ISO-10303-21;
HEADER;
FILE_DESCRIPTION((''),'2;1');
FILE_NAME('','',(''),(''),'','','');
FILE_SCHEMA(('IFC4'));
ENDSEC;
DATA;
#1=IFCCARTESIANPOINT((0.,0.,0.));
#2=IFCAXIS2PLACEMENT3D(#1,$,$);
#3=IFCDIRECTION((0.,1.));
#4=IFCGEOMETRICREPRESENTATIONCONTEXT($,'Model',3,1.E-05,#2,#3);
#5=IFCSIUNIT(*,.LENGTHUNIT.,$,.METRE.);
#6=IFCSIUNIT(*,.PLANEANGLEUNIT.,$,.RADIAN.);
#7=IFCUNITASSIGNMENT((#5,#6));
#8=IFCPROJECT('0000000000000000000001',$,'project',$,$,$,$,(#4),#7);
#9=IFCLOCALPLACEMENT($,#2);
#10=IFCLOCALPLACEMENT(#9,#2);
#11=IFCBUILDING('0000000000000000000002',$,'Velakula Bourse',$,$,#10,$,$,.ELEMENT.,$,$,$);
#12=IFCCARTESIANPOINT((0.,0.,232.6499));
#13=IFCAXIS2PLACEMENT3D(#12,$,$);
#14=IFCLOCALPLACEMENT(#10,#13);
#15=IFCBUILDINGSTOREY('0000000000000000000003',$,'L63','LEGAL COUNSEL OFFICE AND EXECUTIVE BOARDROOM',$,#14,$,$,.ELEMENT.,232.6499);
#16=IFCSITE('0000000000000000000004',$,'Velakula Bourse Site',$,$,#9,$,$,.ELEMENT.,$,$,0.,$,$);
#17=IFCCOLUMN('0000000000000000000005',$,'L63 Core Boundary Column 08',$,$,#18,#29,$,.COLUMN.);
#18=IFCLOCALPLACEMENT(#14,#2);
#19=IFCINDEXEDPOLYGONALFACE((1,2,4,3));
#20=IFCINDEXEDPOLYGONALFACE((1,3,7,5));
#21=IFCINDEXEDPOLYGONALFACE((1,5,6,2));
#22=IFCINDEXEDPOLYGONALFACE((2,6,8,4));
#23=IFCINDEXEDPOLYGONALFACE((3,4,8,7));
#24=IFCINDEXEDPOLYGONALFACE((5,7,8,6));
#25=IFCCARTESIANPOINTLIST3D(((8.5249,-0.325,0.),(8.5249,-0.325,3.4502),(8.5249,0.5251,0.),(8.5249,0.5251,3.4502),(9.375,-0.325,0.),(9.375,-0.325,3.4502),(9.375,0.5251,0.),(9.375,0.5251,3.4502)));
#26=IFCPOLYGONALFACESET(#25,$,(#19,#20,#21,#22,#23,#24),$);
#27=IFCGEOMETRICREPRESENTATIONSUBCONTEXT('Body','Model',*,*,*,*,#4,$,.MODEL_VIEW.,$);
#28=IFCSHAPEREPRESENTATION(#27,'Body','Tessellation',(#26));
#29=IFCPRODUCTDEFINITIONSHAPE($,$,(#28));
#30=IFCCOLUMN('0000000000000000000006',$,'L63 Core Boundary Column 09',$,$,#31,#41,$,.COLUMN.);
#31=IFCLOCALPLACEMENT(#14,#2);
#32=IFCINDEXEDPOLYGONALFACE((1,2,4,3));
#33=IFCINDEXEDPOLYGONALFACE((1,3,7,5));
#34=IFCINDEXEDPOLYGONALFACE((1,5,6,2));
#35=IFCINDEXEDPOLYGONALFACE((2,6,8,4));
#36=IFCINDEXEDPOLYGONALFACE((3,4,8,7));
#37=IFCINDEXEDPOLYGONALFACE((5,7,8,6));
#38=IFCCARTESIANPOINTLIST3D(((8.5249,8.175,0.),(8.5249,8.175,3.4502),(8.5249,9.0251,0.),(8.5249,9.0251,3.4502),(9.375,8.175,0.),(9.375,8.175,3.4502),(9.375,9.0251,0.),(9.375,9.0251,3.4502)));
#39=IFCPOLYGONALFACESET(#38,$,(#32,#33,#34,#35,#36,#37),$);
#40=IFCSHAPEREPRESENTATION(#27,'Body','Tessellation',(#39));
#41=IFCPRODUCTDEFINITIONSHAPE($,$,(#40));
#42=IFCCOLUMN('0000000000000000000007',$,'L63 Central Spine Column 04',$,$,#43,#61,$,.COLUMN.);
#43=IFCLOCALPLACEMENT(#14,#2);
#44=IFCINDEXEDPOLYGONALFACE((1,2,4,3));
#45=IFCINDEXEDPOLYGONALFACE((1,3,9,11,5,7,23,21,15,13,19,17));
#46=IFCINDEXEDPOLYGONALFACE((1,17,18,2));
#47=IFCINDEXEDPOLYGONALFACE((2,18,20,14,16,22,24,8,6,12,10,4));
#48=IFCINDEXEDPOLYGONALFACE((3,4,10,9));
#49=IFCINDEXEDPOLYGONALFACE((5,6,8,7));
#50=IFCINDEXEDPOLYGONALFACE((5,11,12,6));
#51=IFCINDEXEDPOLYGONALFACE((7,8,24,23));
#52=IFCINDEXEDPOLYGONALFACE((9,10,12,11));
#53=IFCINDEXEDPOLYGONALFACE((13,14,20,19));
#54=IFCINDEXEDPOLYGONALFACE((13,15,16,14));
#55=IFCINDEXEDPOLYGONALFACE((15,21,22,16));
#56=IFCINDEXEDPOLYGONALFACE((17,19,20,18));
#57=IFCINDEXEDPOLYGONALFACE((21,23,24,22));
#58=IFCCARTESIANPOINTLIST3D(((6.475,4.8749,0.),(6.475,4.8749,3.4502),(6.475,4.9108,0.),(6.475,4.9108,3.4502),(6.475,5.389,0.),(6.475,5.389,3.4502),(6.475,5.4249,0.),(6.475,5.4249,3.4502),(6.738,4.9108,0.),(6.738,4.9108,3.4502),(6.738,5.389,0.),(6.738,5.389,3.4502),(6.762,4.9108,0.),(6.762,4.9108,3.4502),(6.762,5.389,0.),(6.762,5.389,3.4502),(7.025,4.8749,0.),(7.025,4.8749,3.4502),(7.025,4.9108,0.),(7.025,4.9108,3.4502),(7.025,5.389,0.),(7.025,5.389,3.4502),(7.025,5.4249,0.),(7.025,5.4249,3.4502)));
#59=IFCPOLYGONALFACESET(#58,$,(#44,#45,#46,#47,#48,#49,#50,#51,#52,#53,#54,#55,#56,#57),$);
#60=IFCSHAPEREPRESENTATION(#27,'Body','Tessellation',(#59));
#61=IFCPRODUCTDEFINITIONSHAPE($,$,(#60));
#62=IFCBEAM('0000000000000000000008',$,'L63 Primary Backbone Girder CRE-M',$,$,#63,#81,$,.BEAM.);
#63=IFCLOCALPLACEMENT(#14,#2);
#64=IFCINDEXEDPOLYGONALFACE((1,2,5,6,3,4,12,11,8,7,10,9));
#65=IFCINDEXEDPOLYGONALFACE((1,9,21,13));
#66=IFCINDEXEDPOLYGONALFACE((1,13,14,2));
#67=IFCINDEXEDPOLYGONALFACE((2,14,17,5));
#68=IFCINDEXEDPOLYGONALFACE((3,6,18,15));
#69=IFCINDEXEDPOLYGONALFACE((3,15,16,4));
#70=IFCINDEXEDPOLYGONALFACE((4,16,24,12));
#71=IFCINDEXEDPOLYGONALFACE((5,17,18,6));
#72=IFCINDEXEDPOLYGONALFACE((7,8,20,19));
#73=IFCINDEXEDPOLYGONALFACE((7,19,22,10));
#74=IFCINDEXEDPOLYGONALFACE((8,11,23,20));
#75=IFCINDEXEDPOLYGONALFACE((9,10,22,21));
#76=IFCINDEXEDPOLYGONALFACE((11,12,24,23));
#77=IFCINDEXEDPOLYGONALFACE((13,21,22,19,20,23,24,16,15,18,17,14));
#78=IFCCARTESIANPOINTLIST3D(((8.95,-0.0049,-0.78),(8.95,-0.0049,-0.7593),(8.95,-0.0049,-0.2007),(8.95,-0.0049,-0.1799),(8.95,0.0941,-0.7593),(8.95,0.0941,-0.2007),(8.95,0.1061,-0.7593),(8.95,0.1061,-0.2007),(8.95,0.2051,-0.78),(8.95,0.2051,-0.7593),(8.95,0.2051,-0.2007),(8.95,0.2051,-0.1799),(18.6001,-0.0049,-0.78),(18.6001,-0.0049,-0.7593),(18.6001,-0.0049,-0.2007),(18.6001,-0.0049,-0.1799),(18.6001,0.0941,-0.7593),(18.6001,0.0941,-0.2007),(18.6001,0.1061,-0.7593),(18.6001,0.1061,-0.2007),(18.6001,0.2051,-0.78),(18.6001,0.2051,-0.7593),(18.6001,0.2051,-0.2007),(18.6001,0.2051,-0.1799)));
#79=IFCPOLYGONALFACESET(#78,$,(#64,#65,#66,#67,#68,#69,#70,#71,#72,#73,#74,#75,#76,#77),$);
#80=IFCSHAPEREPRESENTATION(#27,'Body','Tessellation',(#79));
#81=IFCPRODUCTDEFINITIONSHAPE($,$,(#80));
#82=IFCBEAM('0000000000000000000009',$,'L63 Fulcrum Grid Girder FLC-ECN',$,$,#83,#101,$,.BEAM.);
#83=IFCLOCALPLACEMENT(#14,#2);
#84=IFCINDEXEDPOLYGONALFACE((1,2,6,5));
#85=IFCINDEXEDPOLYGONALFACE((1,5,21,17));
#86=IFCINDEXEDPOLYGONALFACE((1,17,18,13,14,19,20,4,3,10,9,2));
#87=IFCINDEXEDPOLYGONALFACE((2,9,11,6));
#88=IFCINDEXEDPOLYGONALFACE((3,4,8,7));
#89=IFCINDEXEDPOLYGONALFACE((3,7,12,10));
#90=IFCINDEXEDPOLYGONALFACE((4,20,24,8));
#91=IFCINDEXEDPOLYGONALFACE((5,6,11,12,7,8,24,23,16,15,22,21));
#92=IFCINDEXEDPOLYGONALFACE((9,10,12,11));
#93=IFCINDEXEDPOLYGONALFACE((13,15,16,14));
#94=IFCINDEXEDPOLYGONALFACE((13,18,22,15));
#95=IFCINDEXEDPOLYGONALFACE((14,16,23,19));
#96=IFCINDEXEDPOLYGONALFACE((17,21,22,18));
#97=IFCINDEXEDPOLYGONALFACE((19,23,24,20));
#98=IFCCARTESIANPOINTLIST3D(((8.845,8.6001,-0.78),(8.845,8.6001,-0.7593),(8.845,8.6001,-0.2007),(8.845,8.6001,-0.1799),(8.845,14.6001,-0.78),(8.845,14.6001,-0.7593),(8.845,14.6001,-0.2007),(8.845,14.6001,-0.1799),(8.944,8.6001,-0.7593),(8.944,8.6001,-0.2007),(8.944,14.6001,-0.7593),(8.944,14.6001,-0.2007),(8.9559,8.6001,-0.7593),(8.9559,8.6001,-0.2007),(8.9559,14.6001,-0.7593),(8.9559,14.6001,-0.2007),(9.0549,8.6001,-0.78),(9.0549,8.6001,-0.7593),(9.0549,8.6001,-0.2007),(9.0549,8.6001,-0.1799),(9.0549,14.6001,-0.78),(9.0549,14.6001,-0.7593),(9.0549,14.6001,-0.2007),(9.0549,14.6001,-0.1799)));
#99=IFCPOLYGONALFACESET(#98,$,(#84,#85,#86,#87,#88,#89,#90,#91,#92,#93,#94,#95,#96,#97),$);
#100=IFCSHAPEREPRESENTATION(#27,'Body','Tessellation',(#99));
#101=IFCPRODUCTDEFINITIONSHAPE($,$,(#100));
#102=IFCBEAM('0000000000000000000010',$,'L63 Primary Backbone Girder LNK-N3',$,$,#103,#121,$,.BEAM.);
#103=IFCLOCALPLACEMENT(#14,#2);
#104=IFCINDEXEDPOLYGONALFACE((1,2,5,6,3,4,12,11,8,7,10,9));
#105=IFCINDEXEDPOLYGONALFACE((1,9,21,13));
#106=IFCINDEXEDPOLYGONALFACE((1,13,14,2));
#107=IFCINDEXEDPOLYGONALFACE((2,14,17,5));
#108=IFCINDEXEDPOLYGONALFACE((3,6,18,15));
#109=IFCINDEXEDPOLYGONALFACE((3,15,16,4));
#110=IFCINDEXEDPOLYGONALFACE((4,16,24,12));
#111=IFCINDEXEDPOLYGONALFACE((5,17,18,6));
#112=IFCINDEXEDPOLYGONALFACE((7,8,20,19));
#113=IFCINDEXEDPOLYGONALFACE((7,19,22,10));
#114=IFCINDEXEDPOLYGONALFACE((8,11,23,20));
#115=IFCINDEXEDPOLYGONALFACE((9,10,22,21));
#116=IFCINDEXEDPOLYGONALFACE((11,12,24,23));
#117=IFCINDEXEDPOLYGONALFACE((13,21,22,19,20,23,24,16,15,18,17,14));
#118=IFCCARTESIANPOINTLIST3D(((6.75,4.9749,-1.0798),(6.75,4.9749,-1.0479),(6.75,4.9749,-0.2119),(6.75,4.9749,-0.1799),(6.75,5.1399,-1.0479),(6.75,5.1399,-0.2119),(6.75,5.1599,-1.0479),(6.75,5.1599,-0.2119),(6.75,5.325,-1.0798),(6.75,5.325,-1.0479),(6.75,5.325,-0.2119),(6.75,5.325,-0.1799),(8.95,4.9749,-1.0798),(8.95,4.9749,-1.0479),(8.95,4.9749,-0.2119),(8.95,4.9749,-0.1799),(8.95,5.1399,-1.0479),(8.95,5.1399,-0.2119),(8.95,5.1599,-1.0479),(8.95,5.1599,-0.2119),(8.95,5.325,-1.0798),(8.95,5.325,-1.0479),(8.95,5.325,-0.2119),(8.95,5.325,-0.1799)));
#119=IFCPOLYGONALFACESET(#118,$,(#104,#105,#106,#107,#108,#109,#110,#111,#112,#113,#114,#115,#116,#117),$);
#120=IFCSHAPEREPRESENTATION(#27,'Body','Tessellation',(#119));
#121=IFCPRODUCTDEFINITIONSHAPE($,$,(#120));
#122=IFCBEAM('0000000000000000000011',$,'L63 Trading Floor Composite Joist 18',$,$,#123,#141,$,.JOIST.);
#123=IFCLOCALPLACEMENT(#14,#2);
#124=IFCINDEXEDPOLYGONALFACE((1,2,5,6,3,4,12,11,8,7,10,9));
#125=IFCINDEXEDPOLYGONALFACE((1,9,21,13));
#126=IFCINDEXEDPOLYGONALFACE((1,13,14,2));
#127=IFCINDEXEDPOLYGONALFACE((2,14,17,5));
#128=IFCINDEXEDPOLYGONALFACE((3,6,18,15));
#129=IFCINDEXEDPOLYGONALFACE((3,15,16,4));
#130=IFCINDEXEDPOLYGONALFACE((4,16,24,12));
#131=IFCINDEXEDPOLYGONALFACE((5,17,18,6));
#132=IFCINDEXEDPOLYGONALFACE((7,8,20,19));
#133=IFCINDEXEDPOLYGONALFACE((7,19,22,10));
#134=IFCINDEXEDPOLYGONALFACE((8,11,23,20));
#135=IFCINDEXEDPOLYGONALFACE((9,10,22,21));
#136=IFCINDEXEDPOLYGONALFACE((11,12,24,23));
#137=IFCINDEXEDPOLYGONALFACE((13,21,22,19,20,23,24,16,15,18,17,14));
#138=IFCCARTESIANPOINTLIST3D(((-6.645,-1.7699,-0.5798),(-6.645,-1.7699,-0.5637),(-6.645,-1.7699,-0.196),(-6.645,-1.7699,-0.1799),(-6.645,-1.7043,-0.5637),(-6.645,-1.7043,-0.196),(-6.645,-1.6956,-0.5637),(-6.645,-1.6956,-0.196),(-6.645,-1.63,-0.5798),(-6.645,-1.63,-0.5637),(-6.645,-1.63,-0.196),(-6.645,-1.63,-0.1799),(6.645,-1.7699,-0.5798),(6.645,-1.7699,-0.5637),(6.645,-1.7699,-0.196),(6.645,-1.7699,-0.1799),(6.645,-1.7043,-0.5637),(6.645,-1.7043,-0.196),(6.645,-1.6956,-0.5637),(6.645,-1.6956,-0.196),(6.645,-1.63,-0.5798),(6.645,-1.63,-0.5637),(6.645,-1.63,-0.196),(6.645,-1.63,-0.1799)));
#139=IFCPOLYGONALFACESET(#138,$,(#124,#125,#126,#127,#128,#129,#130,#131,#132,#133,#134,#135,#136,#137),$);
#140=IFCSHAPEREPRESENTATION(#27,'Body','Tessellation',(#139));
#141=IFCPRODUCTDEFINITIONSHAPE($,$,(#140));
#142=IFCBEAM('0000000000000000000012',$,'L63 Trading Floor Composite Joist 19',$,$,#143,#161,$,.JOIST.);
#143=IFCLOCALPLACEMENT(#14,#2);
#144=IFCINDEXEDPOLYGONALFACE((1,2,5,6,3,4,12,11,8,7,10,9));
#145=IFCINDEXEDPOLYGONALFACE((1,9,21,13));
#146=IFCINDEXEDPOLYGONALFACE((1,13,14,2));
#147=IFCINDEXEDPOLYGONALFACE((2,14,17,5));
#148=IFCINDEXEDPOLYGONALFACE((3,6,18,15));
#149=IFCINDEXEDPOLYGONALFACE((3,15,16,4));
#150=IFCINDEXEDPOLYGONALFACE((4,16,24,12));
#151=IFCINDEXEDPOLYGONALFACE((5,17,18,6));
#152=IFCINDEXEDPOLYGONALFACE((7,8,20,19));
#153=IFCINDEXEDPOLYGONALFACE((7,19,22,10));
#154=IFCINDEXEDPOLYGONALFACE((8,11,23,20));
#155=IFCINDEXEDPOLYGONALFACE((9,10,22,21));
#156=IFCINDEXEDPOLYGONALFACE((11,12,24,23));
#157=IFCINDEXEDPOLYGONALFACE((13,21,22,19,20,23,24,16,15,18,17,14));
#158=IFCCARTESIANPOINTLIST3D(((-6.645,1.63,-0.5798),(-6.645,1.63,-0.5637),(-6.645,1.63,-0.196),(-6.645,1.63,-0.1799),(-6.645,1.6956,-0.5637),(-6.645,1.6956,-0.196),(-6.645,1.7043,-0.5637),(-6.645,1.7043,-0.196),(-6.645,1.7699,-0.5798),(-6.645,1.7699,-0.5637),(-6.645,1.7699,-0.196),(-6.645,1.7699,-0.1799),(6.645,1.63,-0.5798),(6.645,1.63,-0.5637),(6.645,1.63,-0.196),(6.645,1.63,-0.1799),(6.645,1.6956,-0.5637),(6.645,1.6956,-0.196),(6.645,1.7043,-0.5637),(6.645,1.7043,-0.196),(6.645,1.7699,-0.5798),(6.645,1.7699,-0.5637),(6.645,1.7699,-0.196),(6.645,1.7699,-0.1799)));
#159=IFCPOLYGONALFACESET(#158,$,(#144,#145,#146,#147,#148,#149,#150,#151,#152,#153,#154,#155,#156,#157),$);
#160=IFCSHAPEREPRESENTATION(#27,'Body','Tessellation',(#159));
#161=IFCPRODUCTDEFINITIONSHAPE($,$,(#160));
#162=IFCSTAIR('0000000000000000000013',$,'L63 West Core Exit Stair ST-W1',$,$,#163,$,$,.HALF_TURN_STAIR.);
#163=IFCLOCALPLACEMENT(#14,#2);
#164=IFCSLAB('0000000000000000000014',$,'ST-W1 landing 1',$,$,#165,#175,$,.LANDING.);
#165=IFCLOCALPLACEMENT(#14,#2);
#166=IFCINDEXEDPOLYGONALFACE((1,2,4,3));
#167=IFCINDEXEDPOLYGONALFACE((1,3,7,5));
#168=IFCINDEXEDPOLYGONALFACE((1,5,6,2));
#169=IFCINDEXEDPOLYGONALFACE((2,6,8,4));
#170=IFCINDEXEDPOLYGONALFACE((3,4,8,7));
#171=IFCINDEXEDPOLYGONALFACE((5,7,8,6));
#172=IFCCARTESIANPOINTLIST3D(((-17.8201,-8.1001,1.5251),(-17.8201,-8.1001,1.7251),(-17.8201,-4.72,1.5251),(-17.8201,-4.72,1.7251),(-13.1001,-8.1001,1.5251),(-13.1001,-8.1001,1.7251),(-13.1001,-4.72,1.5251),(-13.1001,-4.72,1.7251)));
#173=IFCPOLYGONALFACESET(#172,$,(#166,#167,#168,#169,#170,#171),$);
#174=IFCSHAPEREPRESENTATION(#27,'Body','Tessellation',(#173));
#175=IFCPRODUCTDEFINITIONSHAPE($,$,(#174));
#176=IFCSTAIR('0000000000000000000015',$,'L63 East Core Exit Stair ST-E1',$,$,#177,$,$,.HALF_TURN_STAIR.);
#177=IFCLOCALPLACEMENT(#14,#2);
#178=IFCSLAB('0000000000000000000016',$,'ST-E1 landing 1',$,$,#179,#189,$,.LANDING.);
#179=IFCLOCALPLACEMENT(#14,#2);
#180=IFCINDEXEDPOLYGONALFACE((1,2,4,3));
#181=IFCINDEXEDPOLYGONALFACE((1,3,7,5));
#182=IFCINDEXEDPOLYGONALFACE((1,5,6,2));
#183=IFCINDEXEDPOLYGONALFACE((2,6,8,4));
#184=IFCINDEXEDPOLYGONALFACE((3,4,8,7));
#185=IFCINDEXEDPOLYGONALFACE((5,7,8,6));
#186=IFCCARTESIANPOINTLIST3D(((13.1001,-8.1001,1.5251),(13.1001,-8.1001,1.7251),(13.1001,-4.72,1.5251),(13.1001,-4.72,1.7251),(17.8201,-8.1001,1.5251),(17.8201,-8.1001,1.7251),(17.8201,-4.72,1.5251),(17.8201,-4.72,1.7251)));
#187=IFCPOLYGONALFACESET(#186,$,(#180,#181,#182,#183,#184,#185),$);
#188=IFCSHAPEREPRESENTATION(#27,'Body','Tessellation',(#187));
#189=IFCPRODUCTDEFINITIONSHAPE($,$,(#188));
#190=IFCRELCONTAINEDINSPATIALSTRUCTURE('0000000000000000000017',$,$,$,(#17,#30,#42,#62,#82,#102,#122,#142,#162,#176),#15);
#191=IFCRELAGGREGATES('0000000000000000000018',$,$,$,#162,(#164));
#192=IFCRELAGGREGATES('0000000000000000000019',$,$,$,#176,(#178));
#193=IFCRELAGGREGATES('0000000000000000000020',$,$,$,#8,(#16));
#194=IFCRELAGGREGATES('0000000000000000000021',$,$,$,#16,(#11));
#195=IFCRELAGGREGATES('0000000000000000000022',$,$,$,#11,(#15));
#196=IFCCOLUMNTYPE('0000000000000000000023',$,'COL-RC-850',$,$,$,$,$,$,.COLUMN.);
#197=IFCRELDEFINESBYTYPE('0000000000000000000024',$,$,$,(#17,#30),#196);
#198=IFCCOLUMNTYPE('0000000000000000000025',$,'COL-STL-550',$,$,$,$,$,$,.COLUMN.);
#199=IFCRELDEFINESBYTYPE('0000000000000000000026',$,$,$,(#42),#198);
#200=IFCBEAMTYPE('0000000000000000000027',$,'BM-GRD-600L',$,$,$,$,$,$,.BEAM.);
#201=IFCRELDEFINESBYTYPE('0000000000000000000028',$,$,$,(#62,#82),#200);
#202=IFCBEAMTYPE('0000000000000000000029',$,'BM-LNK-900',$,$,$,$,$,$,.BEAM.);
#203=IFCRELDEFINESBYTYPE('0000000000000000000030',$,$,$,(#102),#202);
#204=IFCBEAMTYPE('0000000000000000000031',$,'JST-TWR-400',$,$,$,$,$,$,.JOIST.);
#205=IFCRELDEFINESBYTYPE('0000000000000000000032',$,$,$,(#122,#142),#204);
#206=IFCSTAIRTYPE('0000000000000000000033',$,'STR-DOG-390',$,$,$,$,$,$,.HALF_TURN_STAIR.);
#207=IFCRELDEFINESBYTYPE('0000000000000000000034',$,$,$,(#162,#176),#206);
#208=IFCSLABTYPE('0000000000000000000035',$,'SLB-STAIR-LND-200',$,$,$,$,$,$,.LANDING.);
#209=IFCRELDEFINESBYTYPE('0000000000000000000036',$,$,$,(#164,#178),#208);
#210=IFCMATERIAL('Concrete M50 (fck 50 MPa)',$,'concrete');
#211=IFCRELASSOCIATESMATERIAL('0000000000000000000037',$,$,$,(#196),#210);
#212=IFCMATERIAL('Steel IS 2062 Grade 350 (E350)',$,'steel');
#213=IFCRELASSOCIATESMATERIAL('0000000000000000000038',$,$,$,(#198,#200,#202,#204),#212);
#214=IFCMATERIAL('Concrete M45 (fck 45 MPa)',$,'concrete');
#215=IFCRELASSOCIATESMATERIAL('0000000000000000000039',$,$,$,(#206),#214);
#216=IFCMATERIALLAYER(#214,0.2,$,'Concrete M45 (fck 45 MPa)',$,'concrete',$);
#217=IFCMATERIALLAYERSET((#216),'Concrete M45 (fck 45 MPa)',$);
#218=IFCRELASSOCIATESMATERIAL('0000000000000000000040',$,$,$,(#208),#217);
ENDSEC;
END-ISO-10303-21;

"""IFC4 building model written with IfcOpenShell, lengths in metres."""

from ifc_helpers import new_model, si_unit, direction, frame, origin, origin_2d, place, context, subcontext, project, spatial, polyline, rectangle, i_section, outline, extrude, material, layer, layer_set, material_profile, profile_set, type_object, element, aggregate, save


model = new_model("IFC4")

# Units and contexts
model_context = context("Model", 3, precision=1e-05, world=origin(), true_north=direction((0.0, 1.0)))
body_context = subcontext(model_context, "Body", "Model", "MODEL_VIEW")
ifc_project = project(units=[si_unit("LENGTHUNIT", "METRE"), si_unit("PLANEANGLEUNIT", "RADIAN")], contexts=[model_context])

# Site, building, storey
site_placement = place(None, origin())
site = spatial("IfcSite", under=ifc_project, at=site_placement, Name="Velakula Bourse Site", CompositionType="ELEMENT", RefElevation=0.0)
building_placement = place(site_placement, origin())
building = spatial("IfcBuilding", under=site, at=building_placement, Name="Velakula Bourse", CompositionType="ELEMENT")
storey_placement = place(building_placement, frame((0.0, 0.0, 232.6499)))
storey = spatial("IfcBuildingStorey", under=building, at=storey_placement, Name="L63", Description="LEGAL COUNSEL OFFICE AND EXECUTIVE BOARDROOM", CompositionType="ELEMENT", Elevation=232.6499)

# Columns
ifc_material_1 = material(Name="Concrete M50 (fck 50 MPa)", Category="concrete")
ifc_material_profile_1 = material_profile(ifc_material_1, rectangle(XDim=0.8501, YDim=0.8501, at=origin_2d()), Name="Concrete M50 (fck 50 MPa)")
ifc_profile_set_1 = profile_set([ifc_material_profile_1], Name="Concrete M50 (fck 50 MPa)")
column_type_1 = type_object("IfcColumnType", Name="COL-RC-850", PredefinedType="COLUMN", material=ifc_profile_set_1)
for number, where, z_axis, x_axis, name in (
    (1, (8.95, 0.1001, 0.0), (0.0, 0.0, 1.0), (1.0, 0.0, 0.0), "L63 Core Boundary Column 08"),
    (2, (8.95, 8.6001, 0.0), (0.0, 0.0, 1.0), (1.0, 0.0, 0.0), "L63 Core Boundary Column 09"),
):
    element("IfcColumn", number, at=place(storey_placement, frame(where, z_axis=z_axis, x_axis=x_axis)), inside=storey, type_object=column_type_1, Name=name, PredefinedType="COLUMN", context=body_context, shape_type="SweptSolid", body=[
        extrude(rectangle(XDim=0.8501, YDim=0.8501, at=origin_2d()), origin(), (0.0, 0.0, 1.0), 3.4502),
    ])
ifc_material_2 = material(Name="Steel IS 2062 Grade 350 (E350)", Category="steel")
ifc_material_profile_2 = material_profile(ifc_material_2, i_section(OverallWidth=0.55, OverallDepth=0.55, WebThickness=0.0239, FlangeThickness=0.0359, at=origin_2d()), Name="Steel IS 2062 Grade 350 (E350)")
ifc_profile_set_2 = profile_set([ifc_material_profile_2], Name="Steel IS 2062 Grade 350 (E350)")
column_type_2 = type_object("IfcColumnType", Name="COL-STL-550", PredefinedType="COLUMN", material=ifc_profile_set_2)
column_placement = place(storey_placement, frame((6.75, 5.1499, 0.0), z_axis=(0.0, 0.0, 1.0), x_axis=(1.0, 0.0, 0.0)))
element("IfcColumn", 3, at=column_placement, inside=storey, type_object=column_type_2, Name="L63 Central Spine Column 04", PredefinedType="COLUMN", context=body_context, shape_type="SweptSolid", body=[
    extrude(i_section(OverallWidth=0.55, OverallDepth=0.55, WebThickness=0.0239, FlangeThickness=0.0359, at=origin_2d()), origin(), (0.0, 0.0, 1.0), 3.4502),
])

# Beams
ifc_material_profile_3 = material_profile(ifc_material_2, i_section(OverallWidth=0.21, OverallDepth=0.6001, WebThickness=0.012, FlangeThickness=0.0208, at=origin_2d()), Name="Steel IS 2062 Grade 350 (E350)")
ifc_profile_set_3 = profile_set([ifc_material_profile_3], Name="Steel IS 2062 Grade 350 (E350)")
beam_type_1 = type_object("IfcBeamType", Name="BM-GRD-600L", PredefinedType="BEAM", material=ifc_profile_set_3)
beam_1_placement = place(storey_placement, frame((8.95, 0.1001, -0.48), z_axis=(1.0, 0.0, 0.0), x_axis=(0.0, 1.0, 0.0)))
element("IfcBeam", 4, at=beam_1_placement, inside=storey, type_object=beam_type_1, Name="L63 Primary Backbone Girder CRE-M", PredefinedType="BEAM", context=body_context, shape_type="SweptSolid", body=[
    extrude(i_section(OverallWidth=0.21, OverallDepth=0.6001, WebThickness=0.012, FlangeThickness=0.0208, at=origin_2d()), origin(), (0.0, 0.0, 1.0), 9.6501),
])
beam_2_placement = place(storey_placement, frame((8.95, 8.6001, -0.48), z_axis=(0.0, 1.0, 0.0), x_axis=(-1.0, 0.0, 0.0)))
element("IfcBeam", 5, at=beam_2_placement, inside=storey, type_object=beam_type_1, Name="L63 Fulcrum Grid Girder FLC-ECN", PredefinedType="BEAM", context=body_context, shape_type="SweptSolid", body=[
    extrude(i_section(OverallWidth=0.21, OverallDepth=0.6001, WebThickness=0.012, FlangeThickness=0.0208, at=origin_2d()), origin(), (0.0, 0.0, 1.0), 6.0),
])
ifc_material_profile_4 = material_profile(ifc_material_2, i_section(OverallWidth=0.3501, OverallDepth=0.8999, WebThickness=0.02, FlangeThickness=0.032, at=origin_2d()), Name="Steel IS 2062 Grade 350 (E350)")
ifc_profile_set_4 = profile_set([ifc_material_profile_4], Name="Steel IS 2062 Grade 350 (E350)")
beam_type_2 = type_object("IfcBeamType", Name="BM-LNK-900", PredefinedType="BEAM", material=ifc_profile_set_4)
beam_3_placement = place(storey_placement, frame((6.75, 5.1499, -0.6299), z_axis=(1.0, 0.0, 0.0), x_axis=(0.0, 1.0, 0.0)))
element("IfcBeam", 6, at=beam_3_placement, inside=storey, type_object=beam_type_2, Name="L63 Primary Backbone Girder LNK-N3", PredefinedType="BEAM", context=body_context, shape_type="SweptSolid", body=[
    extrude(i_section(OverallWidth=0.3501, OverallDepth=0.8999, WebThickness=0.02, FlangeThickness=0.032, at=origin_2d()), origin(), (0.0, 0.0, 1.0), 2.2),
])
ifc_material_profile_5 = material_profile(ifc_material_2, i_section(OverallWidth=0.1399, OverallDepth=0.3999, WebThickness=0.0088, FlangeThickness=0.0161, at=origin_2d()), Name="Steel IS 2062 Grade 350 (E350)")
ifc_profile_set_5 = profile_set([ifc_material_profile_5], Name="Steel IS 2062 Grade 350 (E350)")
beam_type_3 = type_object("IfcBeamType", Name="JST-TWR-400", PredefinedType="JOIST", material=ifc_profile_set_5)
for number, where, z_axis, x_axis, name in (
    (7, (-6.645, -1.7, -0.3799), (1.0, 0.0, 0.0), (0.0, 1.0, 0.0), "L63 Trading Floor Composite Joist 18"),
    (8, (-6.645, 1.7, -0.3799), (1.0, 0.0, 0.0), (0.0, 1.0, 0.0), "L63 Trading Floor Composite Joist 19"),
):
    element("IfcBeam", number, at=place(storey_placement, frame(where, z_axis=z_axis, x_axis=x_axis)), inside=storey, type_object=beam_type_3, Name=name, PredefinedType="JOIST", context=body_context, shape_type="SweptSolid", body=[
        extrude(i_section(OverallWidth=0.1399, OverallDepth=0.3999, WebThickness=0.0088, FlangeThickness=0.0161, at=origin_2d()), origin(), (0.0, 0.0, 1.0), 13.29),
    ])

# Stairs, slabs
ifc_material_3 = material(Name="Concrete M45 (fck 45 MPa)", Category="concrete")
stair_type = type_object("IfcStairType", Name="STR-DOG-390", PredefinedType="HALF_TURN_STAIR", material=ifc_material_3)
stair_1_placement = place(storey_placement, origin())
stair_1 = element("IfcStair", 9, at=stair_1_placement, inside=storey, type_object=stair_type, Name="L63 West Core Exit Stair ST-W1", PredefinedType="HALF_TURN_STAIR")
ifc_layer_1 = layer(ifc_material_3, 0.2, Name="Concrete M45 (fck 45 MPa)", Category="concrete")
ifc_layer_set_1 = layer_set([ifc_layer_1], Name="Concrete M45 (fck 45 MPa)")
slab_type_1 = type_object("IfcSlabType", Name="SLB-STAIR-LND-200", PredefinedType="LANDING", material=ifc_layer_set_1)
slab_1_placement = place(storey_placement, frame((0.0, 0.0, 1.5251)))
slab_1 = element("IfcSlab", 10, at=slab_1_placement, type_object=slab_type_1, Name="ST-W1 landing 1", PredefinedType="LANDING", context=body_context, shape_type="SweptSolid", body=[
    extrude(outline(polyline([(-17.8201, -4.72), (-17.8201, -8.1001), (-13.1001, -8.1001), (-13.1001, -4.72), (-17.8201, -4.72)])), origin(), (0.0, 0.0, 1.0), 0.2),
])
aggregate(stair_1, [slab_1])
stair_2_placement = place(storey_placement, origin())
stair_2 = element("IfcStair", 11, at=stair_2_placement, inside=storey, type_object=stair_type, Name="L63 East Core Exit Stair ST-E1", PredefinedType="HALF_TURN_STAIR")
slab_2_placement = place(storey_placement, frame((0.0, 0.0, 1.5251)))
slab_2 = element("IfcSlab", 12, at=slab_2_placement, type_object=slab_type_1, Name="ST-E1 landing 1", PredefinedType="LANDING", context=body_context, shape_type="SweptSolid", body=[
    extrude(outline(polyline([(13.1001, -4.72), (13.1001, -8.1001), (17.8201, -8.1001), (17.8201, -4.72), (13.1001, -4.72)])), origin(), (0.0, 0.0, 1.0), 0.2),
])
aggregate(stair_2, [slab_2])

save(model, "model.ifc")
